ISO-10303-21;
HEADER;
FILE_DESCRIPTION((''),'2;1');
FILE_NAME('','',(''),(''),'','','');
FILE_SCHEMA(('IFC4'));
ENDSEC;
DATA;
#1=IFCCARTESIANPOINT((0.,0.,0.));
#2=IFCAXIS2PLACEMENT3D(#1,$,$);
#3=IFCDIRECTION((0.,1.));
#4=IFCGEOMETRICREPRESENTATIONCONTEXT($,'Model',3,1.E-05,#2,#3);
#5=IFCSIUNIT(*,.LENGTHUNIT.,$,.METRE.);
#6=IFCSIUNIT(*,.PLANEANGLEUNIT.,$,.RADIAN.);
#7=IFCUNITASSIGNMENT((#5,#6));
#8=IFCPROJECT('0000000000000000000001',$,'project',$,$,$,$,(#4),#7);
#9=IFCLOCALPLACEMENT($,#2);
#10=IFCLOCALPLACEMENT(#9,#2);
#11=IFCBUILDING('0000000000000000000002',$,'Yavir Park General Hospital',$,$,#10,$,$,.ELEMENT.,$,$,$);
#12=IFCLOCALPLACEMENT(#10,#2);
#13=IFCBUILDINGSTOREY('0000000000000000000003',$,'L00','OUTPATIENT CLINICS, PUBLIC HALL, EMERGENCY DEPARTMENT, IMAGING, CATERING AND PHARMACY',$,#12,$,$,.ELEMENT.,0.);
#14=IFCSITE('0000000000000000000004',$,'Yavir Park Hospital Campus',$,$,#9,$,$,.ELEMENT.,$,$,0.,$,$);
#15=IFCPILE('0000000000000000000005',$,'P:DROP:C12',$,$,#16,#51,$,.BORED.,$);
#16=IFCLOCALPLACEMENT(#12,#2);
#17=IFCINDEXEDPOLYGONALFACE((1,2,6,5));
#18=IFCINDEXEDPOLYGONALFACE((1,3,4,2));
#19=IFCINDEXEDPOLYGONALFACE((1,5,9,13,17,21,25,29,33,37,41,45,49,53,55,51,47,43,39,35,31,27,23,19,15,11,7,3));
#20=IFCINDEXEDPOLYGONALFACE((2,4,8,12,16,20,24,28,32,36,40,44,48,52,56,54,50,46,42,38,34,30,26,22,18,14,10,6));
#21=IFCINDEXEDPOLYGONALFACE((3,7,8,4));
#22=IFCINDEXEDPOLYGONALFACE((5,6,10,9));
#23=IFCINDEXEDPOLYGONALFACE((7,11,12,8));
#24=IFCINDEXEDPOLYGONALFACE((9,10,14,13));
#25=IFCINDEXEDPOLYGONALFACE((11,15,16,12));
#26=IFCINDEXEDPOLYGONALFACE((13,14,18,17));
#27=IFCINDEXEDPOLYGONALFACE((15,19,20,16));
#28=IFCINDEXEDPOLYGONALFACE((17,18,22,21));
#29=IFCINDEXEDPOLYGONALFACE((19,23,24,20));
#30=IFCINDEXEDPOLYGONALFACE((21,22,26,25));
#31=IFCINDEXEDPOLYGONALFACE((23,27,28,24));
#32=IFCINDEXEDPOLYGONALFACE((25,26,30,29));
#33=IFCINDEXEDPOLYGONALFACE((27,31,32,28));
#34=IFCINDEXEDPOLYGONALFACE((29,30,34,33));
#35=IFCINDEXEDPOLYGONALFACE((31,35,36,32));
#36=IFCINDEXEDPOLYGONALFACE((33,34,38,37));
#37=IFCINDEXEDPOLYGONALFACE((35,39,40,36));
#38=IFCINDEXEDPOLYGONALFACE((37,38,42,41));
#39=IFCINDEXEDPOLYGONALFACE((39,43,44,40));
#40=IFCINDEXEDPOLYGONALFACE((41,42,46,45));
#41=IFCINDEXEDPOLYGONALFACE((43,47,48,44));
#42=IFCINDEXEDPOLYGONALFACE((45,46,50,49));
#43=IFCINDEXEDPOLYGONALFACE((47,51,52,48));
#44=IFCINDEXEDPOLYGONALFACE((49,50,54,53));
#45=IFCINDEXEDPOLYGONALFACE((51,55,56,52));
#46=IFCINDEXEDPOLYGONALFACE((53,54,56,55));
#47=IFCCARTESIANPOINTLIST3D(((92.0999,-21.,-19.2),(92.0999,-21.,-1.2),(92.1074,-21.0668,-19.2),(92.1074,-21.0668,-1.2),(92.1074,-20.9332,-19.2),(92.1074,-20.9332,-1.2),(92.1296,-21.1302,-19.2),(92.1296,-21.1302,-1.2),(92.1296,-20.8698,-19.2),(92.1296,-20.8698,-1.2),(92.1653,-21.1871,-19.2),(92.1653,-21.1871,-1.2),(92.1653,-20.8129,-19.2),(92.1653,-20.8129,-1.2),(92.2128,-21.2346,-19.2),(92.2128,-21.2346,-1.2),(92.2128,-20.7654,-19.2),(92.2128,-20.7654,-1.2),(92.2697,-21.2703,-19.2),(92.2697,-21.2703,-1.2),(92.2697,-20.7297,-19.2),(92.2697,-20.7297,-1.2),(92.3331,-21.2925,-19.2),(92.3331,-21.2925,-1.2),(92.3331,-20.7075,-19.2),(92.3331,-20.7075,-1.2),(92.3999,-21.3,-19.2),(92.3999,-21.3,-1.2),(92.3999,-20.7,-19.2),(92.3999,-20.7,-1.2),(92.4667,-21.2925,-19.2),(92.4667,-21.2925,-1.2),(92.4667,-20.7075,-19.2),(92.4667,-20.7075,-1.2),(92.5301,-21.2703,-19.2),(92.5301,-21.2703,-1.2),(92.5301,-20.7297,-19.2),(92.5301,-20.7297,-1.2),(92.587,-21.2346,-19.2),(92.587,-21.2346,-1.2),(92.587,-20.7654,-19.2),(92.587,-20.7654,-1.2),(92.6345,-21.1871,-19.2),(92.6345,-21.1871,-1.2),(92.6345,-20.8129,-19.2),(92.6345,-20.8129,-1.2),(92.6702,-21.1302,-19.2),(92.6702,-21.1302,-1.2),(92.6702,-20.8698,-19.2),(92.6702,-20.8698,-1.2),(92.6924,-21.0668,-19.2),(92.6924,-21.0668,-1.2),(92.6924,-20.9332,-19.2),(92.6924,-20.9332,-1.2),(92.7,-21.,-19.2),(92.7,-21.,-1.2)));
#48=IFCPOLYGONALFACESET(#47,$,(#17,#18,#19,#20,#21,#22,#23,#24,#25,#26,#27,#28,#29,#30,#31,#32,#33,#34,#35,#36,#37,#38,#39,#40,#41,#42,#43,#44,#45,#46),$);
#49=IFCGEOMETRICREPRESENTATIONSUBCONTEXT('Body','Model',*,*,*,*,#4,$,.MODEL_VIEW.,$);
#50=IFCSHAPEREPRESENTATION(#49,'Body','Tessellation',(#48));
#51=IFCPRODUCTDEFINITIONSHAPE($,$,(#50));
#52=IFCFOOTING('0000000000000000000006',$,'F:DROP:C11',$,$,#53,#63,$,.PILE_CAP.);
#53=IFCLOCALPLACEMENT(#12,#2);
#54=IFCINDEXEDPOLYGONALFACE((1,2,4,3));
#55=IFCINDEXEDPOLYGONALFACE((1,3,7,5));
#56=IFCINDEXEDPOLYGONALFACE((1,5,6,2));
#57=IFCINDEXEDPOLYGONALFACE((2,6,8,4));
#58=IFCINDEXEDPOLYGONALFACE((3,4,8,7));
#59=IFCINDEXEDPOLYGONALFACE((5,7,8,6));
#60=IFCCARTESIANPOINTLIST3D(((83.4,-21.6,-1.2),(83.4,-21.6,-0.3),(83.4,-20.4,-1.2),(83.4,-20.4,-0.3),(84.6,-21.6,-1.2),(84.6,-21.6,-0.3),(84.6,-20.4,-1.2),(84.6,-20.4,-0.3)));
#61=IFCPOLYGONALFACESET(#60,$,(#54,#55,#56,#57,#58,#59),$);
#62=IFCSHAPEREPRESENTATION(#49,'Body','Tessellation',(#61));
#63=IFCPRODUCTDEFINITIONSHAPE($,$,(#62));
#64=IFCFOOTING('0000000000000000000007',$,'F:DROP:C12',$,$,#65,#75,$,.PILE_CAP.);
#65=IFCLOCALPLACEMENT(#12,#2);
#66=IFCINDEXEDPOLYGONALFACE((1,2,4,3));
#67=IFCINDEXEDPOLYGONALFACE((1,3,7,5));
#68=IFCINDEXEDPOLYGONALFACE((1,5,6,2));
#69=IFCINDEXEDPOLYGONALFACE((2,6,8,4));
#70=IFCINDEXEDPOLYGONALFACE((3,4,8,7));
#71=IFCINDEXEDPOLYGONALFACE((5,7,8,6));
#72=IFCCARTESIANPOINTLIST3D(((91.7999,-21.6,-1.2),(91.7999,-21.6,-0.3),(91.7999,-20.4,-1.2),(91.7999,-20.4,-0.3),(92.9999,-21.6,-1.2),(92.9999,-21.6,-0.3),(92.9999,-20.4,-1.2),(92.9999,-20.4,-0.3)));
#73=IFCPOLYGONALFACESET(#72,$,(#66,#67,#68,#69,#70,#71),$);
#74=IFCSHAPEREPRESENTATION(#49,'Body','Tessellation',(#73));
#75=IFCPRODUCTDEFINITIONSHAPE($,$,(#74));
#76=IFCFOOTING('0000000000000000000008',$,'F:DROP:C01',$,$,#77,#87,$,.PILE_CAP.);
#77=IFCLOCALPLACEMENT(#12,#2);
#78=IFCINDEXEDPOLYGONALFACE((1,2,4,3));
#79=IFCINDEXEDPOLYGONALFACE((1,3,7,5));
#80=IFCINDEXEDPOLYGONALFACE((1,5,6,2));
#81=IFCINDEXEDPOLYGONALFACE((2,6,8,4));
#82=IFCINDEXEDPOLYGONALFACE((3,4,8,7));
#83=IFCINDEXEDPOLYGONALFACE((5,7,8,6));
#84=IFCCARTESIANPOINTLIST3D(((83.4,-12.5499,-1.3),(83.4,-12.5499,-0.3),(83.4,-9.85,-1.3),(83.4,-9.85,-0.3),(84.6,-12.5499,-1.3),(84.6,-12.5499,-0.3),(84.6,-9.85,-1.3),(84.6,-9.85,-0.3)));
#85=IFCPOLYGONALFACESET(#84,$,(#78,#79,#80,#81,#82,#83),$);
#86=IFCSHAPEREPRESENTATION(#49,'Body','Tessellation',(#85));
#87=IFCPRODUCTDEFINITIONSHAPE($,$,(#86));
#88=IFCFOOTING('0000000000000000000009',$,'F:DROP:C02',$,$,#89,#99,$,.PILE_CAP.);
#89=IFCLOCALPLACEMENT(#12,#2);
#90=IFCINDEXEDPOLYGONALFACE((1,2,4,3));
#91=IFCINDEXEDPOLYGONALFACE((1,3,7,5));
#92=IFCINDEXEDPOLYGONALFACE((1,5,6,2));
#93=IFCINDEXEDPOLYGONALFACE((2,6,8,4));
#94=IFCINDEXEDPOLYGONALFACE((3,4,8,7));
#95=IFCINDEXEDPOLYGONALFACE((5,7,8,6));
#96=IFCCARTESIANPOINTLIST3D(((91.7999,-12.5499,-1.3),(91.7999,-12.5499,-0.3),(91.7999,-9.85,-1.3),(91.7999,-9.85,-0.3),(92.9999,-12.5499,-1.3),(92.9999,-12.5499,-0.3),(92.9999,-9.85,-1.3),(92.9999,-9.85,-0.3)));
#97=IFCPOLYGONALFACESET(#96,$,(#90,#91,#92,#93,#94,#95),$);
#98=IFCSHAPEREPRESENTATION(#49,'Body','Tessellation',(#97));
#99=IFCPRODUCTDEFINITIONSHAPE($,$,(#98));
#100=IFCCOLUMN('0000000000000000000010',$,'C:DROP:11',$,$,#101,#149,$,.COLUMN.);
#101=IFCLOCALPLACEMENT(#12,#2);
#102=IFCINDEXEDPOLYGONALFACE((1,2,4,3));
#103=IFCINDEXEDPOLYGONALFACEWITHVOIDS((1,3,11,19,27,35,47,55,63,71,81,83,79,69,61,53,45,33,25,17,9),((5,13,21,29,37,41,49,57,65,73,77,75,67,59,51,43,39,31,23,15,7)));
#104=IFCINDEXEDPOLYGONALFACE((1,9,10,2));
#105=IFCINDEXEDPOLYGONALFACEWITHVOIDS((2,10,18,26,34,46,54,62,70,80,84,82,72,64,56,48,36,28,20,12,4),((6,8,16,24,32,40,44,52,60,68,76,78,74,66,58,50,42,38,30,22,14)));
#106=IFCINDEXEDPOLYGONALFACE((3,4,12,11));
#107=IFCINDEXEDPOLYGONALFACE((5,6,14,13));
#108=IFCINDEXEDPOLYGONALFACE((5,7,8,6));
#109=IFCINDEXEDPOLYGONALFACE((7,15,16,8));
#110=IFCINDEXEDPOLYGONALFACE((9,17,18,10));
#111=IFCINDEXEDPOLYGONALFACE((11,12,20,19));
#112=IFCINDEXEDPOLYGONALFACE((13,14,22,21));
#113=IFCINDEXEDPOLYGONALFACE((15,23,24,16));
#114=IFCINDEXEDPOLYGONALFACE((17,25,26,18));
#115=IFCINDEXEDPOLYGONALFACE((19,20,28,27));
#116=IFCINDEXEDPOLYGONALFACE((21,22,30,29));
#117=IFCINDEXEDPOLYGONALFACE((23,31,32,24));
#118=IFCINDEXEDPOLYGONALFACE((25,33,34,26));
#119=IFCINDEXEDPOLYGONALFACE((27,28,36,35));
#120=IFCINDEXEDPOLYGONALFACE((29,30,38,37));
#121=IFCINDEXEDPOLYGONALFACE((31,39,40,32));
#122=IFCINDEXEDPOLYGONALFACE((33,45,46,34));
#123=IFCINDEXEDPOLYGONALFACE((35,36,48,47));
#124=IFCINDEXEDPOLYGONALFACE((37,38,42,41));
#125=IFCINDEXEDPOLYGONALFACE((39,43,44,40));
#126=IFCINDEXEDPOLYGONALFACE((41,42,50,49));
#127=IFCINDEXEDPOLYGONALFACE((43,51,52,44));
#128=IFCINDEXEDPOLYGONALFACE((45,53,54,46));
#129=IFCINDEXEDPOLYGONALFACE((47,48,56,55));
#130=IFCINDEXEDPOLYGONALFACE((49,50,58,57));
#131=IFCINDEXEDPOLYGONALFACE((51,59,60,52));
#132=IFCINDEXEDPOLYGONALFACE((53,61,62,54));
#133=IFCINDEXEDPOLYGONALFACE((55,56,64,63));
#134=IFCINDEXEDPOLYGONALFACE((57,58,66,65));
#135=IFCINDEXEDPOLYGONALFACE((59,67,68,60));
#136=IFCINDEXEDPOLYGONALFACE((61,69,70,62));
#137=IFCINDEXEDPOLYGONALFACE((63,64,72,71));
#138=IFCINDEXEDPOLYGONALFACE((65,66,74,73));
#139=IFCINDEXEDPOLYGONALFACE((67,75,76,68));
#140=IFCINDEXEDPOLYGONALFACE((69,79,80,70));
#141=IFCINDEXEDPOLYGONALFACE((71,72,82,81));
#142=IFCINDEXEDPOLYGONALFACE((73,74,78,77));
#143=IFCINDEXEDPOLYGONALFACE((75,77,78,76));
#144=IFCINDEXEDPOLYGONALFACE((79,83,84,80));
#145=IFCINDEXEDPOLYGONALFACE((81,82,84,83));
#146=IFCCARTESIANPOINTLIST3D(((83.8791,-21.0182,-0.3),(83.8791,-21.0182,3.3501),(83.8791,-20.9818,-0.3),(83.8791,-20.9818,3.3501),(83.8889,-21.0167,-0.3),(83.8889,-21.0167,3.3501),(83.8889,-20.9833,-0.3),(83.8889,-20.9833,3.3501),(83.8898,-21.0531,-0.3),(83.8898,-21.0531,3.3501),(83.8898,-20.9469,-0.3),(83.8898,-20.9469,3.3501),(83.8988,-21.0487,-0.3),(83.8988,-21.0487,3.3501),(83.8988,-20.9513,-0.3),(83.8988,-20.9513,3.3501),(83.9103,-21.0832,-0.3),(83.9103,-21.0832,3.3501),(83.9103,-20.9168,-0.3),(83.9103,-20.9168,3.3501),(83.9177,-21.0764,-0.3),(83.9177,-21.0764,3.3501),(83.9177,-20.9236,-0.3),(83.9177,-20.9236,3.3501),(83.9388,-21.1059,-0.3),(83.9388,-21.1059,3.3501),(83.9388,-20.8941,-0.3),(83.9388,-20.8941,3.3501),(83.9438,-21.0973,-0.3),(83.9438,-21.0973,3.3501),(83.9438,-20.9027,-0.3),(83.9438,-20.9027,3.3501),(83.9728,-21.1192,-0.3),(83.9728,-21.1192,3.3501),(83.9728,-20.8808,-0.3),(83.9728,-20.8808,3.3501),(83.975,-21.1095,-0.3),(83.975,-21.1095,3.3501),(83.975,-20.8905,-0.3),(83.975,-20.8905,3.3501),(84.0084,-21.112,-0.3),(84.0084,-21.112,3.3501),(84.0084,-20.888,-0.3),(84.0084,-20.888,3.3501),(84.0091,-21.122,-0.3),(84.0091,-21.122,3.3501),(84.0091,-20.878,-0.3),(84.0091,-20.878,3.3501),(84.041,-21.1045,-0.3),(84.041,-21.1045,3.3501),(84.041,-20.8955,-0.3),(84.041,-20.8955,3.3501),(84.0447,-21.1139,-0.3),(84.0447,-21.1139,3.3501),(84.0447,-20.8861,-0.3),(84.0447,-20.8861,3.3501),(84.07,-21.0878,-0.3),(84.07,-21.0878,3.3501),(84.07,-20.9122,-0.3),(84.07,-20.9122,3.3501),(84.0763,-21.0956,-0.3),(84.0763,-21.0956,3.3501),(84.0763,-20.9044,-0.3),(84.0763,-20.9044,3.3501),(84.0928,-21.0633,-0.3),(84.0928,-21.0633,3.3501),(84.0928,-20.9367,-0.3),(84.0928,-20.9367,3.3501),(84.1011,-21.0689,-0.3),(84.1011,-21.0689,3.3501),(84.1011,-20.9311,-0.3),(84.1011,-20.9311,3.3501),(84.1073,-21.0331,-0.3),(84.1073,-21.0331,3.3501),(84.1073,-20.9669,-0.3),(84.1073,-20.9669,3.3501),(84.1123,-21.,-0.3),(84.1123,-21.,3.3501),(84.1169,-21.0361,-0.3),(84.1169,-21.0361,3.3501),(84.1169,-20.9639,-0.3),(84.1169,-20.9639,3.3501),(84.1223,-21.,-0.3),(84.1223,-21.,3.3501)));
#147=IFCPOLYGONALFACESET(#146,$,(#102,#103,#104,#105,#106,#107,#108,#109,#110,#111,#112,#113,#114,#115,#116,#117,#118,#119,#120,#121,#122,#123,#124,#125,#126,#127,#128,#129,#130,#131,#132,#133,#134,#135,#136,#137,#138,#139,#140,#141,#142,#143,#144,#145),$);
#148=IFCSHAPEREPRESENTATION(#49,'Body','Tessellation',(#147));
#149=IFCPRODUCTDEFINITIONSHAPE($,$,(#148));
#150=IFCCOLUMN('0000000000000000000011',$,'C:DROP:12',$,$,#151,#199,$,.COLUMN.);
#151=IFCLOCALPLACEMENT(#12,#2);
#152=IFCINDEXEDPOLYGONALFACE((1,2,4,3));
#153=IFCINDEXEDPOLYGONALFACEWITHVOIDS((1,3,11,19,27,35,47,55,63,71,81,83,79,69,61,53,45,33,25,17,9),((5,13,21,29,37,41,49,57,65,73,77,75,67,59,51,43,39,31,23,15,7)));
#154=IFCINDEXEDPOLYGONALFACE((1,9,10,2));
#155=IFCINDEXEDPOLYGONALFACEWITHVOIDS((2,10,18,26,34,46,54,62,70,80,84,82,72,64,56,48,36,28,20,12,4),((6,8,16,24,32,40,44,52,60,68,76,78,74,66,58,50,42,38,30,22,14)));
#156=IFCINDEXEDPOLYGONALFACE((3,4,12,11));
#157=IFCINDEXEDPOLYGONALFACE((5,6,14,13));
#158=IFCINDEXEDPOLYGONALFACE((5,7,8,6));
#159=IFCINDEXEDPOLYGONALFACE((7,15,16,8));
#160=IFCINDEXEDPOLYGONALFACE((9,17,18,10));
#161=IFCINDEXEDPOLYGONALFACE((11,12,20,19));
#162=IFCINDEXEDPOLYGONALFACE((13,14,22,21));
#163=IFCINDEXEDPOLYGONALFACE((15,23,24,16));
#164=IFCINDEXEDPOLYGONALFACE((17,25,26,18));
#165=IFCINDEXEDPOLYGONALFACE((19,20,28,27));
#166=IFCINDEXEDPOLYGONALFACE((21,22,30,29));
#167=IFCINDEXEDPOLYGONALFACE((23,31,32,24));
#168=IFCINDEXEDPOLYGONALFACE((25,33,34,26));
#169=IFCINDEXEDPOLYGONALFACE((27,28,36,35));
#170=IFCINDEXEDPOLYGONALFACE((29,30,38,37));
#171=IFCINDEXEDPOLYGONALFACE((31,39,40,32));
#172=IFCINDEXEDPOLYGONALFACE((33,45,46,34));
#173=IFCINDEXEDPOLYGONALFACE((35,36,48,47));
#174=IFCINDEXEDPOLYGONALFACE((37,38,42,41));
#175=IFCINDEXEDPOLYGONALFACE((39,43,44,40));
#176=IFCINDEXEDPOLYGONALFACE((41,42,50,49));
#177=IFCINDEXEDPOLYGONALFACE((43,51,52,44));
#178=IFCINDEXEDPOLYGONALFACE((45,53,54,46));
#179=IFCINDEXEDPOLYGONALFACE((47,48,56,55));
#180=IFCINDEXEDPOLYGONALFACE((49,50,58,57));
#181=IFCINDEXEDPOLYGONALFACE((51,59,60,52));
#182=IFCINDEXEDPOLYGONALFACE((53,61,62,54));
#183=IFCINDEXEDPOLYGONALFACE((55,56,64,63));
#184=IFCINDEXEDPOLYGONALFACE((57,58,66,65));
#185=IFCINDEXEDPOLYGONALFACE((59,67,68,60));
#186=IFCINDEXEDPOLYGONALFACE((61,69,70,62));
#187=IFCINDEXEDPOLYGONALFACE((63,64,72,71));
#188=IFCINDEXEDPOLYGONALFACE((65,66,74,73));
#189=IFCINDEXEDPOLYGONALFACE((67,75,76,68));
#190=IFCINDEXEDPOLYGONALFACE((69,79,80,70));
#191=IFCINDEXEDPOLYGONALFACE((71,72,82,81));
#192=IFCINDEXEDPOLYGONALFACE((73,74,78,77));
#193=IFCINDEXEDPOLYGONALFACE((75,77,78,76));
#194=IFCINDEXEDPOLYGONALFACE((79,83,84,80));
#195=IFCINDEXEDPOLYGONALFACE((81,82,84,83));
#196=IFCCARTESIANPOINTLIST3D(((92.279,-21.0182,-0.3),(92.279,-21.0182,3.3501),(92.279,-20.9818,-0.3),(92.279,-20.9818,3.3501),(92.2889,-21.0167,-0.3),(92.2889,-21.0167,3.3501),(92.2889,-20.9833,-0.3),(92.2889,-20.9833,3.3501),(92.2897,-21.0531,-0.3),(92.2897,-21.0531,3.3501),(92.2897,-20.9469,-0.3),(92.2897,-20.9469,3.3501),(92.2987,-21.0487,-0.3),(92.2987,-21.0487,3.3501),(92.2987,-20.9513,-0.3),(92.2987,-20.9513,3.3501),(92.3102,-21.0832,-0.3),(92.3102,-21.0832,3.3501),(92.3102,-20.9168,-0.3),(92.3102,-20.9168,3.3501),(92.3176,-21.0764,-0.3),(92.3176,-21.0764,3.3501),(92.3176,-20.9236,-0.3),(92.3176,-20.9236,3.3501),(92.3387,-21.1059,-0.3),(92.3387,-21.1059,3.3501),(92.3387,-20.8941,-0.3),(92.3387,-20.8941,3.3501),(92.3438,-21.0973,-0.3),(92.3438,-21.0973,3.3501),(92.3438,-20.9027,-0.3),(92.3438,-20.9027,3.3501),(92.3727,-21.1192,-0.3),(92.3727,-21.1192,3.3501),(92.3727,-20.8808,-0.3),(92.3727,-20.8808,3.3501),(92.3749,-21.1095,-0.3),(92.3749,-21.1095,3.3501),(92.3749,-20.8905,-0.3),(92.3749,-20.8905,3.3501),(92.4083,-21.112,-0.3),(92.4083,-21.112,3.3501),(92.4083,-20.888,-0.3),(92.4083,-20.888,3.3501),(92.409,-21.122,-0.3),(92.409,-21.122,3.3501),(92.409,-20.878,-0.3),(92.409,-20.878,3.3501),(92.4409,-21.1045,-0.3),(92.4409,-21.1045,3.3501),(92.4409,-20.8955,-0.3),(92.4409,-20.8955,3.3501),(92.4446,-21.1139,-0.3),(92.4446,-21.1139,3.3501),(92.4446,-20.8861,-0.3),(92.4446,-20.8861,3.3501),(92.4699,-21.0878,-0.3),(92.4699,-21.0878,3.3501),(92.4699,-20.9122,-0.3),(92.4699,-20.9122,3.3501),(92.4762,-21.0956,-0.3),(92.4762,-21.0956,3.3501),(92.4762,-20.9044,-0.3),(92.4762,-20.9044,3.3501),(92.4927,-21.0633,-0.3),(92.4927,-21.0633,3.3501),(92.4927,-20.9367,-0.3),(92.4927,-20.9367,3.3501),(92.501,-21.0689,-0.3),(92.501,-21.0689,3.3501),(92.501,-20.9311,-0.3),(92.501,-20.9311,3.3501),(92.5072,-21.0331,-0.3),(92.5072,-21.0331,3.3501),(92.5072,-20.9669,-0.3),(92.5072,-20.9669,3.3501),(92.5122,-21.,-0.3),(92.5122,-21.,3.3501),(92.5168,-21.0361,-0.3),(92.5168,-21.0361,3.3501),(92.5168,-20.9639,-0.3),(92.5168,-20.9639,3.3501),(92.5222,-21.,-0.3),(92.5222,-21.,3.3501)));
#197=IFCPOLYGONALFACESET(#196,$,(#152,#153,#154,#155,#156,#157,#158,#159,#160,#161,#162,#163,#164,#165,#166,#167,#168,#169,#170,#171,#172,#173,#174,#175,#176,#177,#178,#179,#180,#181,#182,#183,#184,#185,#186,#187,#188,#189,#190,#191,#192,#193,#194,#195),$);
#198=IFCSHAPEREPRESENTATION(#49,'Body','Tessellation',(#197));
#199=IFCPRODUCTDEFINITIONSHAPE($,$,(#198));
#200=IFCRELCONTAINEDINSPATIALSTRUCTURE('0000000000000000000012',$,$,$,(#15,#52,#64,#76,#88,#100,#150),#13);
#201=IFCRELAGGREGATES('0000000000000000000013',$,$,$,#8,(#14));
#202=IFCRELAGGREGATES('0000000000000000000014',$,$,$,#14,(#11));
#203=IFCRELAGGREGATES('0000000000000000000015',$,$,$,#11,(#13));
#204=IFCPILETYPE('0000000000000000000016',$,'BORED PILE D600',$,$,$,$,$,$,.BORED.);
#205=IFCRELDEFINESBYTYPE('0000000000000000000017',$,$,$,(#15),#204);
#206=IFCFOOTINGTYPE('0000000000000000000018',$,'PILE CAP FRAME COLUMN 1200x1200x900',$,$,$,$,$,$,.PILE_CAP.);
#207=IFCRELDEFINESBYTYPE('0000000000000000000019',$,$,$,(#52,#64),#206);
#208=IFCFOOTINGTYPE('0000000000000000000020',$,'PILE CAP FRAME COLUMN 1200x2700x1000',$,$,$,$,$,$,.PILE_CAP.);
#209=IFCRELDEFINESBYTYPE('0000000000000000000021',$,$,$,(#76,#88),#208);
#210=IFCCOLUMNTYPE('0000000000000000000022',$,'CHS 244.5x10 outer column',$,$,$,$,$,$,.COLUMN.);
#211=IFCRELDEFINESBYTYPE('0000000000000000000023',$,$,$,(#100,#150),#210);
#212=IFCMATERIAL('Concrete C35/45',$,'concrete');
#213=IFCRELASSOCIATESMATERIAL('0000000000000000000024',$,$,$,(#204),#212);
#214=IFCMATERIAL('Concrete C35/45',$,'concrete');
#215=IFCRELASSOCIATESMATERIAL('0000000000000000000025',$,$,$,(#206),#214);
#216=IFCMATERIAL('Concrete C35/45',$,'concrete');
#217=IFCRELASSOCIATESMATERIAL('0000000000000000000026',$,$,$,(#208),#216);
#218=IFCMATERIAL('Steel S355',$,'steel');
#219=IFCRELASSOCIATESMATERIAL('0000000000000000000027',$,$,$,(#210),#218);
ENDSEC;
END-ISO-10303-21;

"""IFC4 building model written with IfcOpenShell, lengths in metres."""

from ifc_helpers import new_model, si_unit, direction, frame, origin, origin_2d, place, context, subcontext, project, spatial, rectangle, circle, hollow_circle, extrude, material, material_profile, profile_set, type_object, element, save


model = new_model("IFC4")

# Units and contexts
model_context = context("Model", 3, precision=1e-05, world=origin(), true_north=direction((0.0, 1.0)))
body_context = subcontext(model_context, "Body", "Model", "MODEL_VIEW")
ifc_project = project(units=[si_unit("LENGTHUNIT", "METRE"), si_unit("PLANEANGLEUNIT", "RADIAN")], contexts=[model_context])

# Site, building, storey
site_placement = place(None, origin())
site = spatial("IfcSite", under=ifc_project, at=site_placement, Name="Yavir Park Hospital Campus", CompositionType="ELEMENT", RefElevation=0.0)
building_placement = place(site_placement, origin())
building = spatial("IfcBuilding", under=site, at=building_placement, Name="Yavir Park General Hospital", CompositionType="ELEMENT")
storey_placement = place(building_placement, origin())
storey = spatial("IfcBuildingStorey", under=building, at=storey_placement, Name="L00", Description="OUTPATIENT CLINICS, PUBLIC HALL, EMERGENCY DEPARTMENT, IMAGING, CATERING AND PHARMACY", CompositionType="ELEMENT", Elevation=0.0)

# Pile
ifc_material_1 = material(Name="Concrete C35/45", Category="concrete")
ifc_material_profile_1 = material_profile(ifc_material_1, circle(Radius=0.3, at=origin_2d()), Name="D600")
ifc_profile_set_1 = profile_set([ifc_material_profile_1], Name="Concrete C35/45")
pile_type = type_object("IfcPileType", Name="BORED PILE D600", PredefinedType="BORED", material=ifc_profile_set_1)
for number, where, z_axis, x_axis, name in (
    (1, (92.3999, -21.0, -1.2), (0.0, 0.0, -1.0), (1.0, 0.0, 0.0), "P:DROP:C12"),
):
    element("IfcPile", number, at=place(storey_placement, frame(where, z_axis=z_axis, x_axis=x_axis)), inside=storey, type_object=pile_type, Name=name, PredefinedType="BORED", context=body_context, shape_type="SweptSolid", body=[
        extrude(circle(Radius=0.3, at=origin_2d()), origin(), (0.0, 0.0, 1.0), 18.0),
    ])

# Footings
ifc_material_2 = material(Name="Concrete C35/45", Category="concrete")
footing_type_1 = type_object("IfcFootingType", Name="PILE CAP FRAME COLUMN 1200x1200x900", PredefinedType="PILE_CAP", material=ifc_material_2)
for number, where, z_axis, x_axis, name in (
    (2, (84.0, -21.0, -1.2), (0.0, 0.0, 1.0), (1.0, 0.0, 0.0), "F:DROP:C11"),
    (3, (92.3999, -21.0, -1.2), (0.0, 0.0, 1.0), (1.0, 0.0, 0.0), "F:DROP:C12"),
):
    element("IfcFooting", number, at=place(storey_placement, frame(where, z_axis=z_axis, x_axis=x_axis)), inside=storey, type_object=footing_type_1, Name=name, PredefinedType="PILE_CAP", context=body_context, shape_type="SweptSolid", body=[
        extrude(rectangle(XDim=1.2, YDim=1.2, at=origin_2d()), origin(), (0.0, 0.0, 1.0), 0.8999),
    ])
ifc_material_3 = material(Name="Concrete C35/45", Category="concrete")
footing_type_2 = type_object("IfcFootingType", Name="PILE CAP FRAME COLUMN 1200x2700x1000", PredefinedType="PILE_CAP", material=ifc_material_3)
for number, where, z_axis, x_axis, name in (
    (4, (84.0, -11.2, -1.3), (0.0, 0.0, 1.0), (1.0, 0.0, 0.0), "F:DROP:C01"),
    (5, (92.3999, -11.2, -1.3), (0.0, 0.0, 1.0), (1.0, 0.0, 0.0), "F:DROP:C02"),
):
    element("IfcFooting", number, at=place(storey_placement, frame(where, z_axis=z_axis, x_axis=x_axis)), inside=storey, type_object=footing_type_2, Name=name, PredefinedType="PILE_CAP", context=body_context, shape_type="SweptSolid", body=[
        extrude(rectangle(XDim=1.2, YDim=2.7, at=origin_2d()), origin(), (0.0, 0.0, 1.0), 1.0),
    ])

# Columns
ifc_material_4 = material(Name="Steel S355", Category="steel")
ifc_material_profile_2 = material_profile(ifc_material_4, hollow_circle(Radius=0.1223, WallThickness=0.01, at=origin_2d()), Name="CHS244.5x10")
ifc_profile_set_2 = profile_set([ifc_material_profile_2], Name="Steel S355")
column_type_1 = type_object("IfcColumnType", Name="CHS 244.5x10 outer column", PredefinedType="COLUMN", material=ifc_profile_set_2)
for number, where, z_axis, x_axis, name in (
    (6, (84.0, -21.0, -0.3), (0.0, 0.0, 1.0), (1.0, 0.0, 0.0), "C:DROP:11"),
    (7, (92.3999, -21.0, -0.3), (0.0, 0.0, 1.0), (1.0, 0.0, 0.0), "C:DROP:12"),
):
    element("IfcColumn", number, at=place(storey_placement, frame(where, z_axis=z_axis, x_axis=x_axis)), inside=storey, type_object=column_type_1, Name=name, PredefinedType="COLUMN", context=body_context, shape_type="SweptSolid", body=[
        extrude(hollow_circle(Radius=0.1223, WallThickness=0.01, at=origin_2d()), origin(), (0.0, 0.0, 1.0), 3.6501),
    ])

save(model, "model.ifc")
